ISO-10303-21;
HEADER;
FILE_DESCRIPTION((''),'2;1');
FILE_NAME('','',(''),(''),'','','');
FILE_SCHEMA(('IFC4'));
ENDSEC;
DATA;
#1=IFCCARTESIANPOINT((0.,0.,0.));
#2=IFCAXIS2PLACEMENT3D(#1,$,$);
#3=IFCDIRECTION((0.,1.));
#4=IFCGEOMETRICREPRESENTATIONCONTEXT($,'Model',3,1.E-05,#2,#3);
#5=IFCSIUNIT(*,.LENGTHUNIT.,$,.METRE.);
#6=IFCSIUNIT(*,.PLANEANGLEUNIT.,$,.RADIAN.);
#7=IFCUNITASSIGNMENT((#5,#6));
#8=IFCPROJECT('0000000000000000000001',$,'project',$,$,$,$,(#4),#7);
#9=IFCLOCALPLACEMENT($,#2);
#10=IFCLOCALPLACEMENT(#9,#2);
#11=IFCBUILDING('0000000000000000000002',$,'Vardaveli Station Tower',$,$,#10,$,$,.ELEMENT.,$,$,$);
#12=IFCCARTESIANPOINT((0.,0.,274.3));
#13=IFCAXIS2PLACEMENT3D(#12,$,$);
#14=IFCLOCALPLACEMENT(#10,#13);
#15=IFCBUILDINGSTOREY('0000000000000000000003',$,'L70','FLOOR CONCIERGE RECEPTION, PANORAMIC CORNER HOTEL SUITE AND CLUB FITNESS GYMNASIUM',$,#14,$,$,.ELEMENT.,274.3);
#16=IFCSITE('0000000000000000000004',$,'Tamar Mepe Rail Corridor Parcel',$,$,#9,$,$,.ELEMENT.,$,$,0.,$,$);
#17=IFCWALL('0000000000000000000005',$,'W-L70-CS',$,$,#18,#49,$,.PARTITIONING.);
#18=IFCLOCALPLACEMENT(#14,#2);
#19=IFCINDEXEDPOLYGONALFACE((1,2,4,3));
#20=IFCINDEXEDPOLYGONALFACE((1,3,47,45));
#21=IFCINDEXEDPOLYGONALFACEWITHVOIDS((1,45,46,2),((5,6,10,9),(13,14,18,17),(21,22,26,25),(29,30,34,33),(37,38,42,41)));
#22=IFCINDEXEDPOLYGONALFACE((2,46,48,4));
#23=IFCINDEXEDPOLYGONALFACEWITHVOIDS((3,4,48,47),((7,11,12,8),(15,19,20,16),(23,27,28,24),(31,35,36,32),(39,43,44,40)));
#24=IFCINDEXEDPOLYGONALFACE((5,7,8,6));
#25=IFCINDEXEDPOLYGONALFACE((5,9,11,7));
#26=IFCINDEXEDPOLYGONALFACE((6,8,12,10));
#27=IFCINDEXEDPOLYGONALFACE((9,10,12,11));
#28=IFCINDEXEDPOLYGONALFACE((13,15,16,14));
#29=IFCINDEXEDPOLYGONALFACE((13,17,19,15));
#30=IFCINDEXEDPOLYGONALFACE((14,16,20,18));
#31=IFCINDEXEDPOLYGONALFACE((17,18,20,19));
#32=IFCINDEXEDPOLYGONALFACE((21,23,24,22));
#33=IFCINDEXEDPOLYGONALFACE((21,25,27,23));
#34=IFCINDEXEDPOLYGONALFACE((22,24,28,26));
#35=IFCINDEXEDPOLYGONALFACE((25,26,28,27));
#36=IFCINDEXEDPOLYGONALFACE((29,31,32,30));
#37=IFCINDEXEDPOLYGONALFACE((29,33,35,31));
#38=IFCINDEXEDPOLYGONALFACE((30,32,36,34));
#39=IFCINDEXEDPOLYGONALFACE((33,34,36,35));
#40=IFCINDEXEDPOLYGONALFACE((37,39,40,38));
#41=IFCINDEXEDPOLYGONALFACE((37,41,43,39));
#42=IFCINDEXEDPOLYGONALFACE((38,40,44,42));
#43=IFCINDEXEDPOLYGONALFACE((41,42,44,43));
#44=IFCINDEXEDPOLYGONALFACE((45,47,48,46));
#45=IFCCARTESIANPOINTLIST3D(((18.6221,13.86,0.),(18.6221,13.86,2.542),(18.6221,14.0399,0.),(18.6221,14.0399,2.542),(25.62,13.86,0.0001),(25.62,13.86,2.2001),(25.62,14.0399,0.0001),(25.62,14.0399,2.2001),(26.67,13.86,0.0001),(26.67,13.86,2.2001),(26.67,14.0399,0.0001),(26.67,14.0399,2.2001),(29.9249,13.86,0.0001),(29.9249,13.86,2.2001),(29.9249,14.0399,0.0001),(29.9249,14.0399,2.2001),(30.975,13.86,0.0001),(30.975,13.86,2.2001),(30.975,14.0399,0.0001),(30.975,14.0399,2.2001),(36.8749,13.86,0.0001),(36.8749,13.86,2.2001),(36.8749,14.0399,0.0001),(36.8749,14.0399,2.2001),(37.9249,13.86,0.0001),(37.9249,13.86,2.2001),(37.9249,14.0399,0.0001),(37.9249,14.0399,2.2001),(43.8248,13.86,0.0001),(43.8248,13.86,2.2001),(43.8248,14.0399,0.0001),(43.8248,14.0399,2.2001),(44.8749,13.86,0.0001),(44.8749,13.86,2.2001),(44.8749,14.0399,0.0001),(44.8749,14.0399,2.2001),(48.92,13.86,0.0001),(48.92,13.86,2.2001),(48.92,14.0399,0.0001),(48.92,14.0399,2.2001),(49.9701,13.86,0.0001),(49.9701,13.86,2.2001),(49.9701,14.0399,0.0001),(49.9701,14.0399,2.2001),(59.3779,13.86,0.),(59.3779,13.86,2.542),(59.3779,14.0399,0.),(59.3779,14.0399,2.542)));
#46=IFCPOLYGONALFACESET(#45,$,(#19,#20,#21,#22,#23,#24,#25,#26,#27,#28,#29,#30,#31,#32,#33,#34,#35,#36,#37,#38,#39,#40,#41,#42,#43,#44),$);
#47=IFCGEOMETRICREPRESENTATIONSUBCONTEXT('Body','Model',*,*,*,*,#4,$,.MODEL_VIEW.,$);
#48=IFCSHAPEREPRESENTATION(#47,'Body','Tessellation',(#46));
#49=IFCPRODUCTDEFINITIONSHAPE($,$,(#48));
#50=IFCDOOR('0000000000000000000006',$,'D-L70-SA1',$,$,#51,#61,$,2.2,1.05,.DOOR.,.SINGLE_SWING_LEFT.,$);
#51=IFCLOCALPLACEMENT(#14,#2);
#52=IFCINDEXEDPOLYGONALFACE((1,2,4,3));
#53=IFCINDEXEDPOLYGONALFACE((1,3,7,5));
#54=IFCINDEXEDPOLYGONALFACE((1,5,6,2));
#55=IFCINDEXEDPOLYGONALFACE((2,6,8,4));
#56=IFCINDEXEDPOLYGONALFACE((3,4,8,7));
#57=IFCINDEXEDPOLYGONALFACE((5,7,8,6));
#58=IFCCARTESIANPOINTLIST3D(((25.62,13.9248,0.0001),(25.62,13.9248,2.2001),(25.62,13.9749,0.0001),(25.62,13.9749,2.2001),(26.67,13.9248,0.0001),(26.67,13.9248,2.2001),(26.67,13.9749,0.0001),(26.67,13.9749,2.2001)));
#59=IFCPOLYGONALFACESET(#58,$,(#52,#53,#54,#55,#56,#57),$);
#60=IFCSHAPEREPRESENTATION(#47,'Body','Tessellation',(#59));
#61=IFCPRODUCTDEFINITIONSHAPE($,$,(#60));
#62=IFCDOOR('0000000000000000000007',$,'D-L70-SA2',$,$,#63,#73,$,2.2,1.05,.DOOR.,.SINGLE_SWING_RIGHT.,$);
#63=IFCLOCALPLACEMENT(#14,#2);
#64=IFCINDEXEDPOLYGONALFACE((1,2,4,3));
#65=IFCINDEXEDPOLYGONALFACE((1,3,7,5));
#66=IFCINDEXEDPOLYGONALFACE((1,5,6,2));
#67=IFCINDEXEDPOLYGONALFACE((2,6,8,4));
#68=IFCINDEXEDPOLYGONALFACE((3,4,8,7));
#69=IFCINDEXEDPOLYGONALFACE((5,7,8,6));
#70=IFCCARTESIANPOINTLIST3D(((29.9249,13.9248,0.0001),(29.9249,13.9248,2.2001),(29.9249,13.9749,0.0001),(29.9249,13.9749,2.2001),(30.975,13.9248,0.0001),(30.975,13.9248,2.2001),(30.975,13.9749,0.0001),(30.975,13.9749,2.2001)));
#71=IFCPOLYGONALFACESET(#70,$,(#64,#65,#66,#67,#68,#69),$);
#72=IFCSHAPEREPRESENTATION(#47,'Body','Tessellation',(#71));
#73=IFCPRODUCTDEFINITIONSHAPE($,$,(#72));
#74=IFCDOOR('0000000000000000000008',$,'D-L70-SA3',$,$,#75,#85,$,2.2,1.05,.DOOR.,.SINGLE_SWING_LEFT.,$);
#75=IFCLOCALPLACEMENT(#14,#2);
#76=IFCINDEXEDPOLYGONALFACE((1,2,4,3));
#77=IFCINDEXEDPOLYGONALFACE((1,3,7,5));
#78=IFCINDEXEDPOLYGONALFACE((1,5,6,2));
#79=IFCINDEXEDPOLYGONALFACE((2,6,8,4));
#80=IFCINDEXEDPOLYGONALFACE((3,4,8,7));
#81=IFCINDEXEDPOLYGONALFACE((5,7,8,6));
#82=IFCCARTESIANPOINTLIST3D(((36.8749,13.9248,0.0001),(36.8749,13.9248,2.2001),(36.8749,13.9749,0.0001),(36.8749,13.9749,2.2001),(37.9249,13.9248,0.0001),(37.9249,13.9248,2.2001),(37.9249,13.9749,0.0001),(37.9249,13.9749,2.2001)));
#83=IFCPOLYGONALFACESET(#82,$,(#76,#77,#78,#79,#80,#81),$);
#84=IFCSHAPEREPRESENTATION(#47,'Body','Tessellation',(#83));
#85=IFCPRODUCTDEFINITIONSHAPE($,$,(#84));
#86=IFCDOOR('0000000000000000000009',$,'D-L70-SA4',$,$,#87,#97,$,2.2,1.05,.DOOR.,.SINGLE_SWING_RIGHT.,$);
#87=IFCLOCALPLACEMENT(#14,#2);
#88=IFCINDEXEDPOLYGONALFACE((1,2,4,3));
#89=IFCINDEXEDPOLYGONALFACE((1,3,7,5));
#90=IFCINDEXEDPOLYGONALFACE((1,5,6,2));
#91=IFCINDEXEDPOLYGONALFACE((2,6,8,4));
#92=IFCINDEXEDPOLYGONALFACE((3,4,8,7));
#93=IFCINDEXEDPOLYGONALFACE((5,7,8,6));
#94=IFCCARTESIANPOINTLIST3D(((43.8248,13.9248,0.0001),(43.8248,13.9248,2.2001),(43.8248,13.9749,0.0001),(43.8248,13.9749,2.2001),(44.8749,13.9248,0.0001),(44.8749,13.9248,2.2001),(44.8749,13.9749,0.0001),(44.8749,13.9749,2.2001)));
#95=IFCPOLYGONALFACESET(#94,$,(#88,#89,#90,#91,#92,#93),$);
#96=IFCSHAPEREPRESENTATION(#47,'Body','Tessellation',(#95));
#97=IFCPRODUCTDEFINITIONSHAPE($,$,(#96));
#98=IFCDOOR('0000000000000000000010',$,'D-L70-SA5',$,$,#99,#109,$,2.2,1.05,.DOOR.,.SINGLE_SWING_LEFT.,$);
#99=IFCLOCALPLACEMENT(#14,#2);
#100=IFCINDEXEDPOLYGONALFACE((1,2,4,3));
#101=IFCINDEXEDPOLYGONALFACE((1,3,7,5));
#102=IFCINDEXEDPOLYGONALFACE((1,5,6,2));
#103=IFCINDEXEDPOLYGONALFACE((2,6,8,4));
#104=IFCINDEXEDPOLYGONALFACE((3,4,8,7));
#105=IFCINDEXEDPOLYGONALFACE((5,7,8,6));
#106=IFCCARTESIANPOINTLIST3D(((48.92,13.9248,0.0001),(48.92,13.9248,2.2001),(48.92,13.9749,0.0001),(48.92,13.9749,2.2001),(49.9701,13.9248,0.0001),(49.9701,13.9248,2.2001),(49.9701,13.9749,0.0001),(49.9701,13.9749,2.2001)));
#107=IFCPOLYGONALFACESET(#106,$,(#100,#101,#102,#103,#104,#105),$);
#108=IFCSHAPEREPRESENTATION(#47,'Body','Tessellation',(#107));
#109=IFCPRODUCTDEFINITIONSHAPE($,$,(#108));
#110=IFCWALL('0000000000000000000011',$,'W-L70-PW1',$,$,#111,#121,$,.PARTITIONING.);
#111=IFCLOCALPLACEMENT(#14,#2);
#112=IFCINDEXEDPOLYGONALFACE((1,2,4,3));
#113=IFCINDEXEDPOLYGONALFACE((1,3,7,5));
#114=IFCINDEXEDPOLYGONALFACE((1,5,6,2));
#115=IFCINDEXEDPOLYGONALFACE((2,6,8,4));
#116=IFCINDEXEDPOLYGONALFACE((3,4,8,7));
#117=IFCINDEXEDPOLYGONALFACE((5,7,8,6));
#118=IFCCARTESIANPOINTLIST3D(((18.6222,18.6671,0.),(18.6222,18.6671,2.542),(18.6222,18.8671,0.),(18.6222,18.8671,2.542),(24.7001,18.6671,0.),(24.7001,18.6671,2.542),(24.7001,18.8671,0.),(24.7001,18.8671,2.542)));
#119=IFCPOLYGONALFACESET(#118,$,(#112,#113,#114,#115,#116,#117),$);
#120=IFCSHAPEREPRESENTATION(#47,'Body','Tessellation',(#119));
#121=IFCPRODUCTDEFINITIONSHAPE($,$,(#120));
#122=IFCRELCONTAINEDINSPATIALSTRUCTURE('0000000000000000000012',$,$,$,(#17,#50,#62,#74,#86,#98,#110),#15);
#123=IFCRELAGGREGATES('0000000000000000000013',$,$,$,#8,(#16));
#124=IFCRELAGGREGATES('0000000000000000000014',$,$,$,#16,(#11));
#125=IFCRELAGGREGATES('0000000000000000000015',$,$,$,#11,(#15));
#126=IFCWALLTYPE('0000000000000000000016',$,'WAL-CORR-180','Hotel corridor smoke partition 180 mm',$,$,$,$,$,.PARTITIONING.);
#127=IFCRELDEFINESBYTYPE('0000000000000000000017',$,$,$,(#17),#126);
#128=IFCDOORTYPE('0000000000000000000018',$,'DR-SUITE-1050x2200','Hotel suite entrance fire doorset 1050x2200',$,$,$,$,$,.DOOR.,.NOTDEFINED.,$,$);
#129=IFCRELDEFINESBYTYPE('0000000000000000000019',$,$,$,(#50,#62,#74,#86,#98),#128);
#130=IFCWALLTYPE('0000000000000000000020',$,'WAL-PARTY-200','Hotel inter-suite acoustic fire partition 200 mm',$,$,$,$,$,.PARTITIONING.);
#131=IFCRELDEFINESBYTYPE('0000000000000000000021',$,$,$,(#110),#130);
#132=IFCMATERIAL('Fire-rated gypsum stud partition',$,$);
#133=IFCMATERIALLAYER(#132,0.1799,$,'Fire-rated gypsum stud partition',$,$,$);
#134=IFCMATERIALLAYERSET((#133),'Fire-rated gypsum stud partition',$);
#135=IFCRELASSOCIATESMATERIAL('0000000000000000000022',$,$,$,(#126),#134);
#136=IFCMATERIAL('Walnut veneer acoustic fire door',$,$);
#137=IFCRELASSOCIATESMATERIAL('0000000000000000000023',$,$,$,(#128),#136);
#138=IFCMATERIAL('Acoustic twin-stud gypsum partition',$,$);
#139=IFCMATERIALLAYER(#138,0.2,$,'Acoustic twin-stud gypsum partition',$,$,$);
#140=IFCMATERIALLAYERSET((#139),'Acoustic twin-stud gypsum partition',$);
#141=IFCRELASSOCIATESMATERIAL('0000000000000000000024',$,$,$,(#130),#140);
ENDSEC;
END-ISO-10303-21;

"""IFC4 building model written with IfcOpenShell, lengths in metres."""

from ifc_helpers import new_model, si_unit, direction, frame, frame_2d, origin, place, context, subcontext, project, spatial, rectangle, extrude, source, transform, mapped, material, layer, layer_set, type_object, element, fill, save


model = new_model("IFC4")

# Units and contexts
model_context = context("Model", 3, precision=1e-05, world=origin(), true_north=direction((0.0, 1.0)))
body_context = subcontext(model_context, "Body", "Model", "MODEL_VIEW")
ifc_project = project(units=[si_unit("LENGTHUNIT", "METRE"), si_unit("PLANEANGLEUNIT", "RADIAN")], contexts=[model_context])

# Site, building, storey
site_placement = place(None, origin())
site = spatial("IfcSite", under=ifc_project, at=site_placement, Name="Tamar Mepe Rail Corridor Parcel", CompositionType="ELEMENT", RefElevation=0.0)
building_placement = place(site_placement, origin())
building = spatial("IfcBuilding", under=site, at=building_placement, Name="Vardaveli Station Tower", CompositionType="ELEMENT")
storey_placement = place(building_placement, frame((0.0, 0.0, 274.3)))
storey = spatial("IfcBuildingStorey", under=building, at=storey_placement, Name="L70", Description="FLOOR CONCIERGE RECEPTION, PANORAMIC CORNER HOTEL SUITE AND CLUB FITNESS GYMNASIUM", CompositionType="ELEMENT", Elevation=274.3)

# Wall, openings, doors
ifc_material_1 = material(Name="Fire-rated gypsum stud partition")
ifc_layer_1 = layer(ifc_material_1, 0.1799, Name="Fire-rated gypsum stud partition")
ifc_layer_set_1 = layer_set([ifc_layer_1], Name="Fire-rated gypsum stud partition")
wall_type_1 = type_object("IfcWallType", Name="WAL-CORR-180", Description="Hotel corridor smoke partition 180 mm", PredefinedType="PARTITIONING", material=ifc_layer_set_1)
shared_shape_1 = source(origin(), body_context, "Body", "SweptSolid", [
    extrude(rectangle(XDim=40.7559, YDim=0.1799, at=frame_2d((20.3779, 0.0))), origin(), (0.0, 0.0, 1.0), 2.542),
])
wall_1_placement = place(storey_placement, frame((18.6221, 13.95, 0.0), z_axis=(0.0, 0.0, 1.0), x_axis=(1.0, 0.0, 0.0)))
wall_1 = element("IfcWall", 1, at=wall_1_placement, inside=storey, type_object=wall_type_1, Name="W-L70-CS", PredefinedType="PARTITIONING", context=body_context, shape_type="MappedRepresentation", body=[
    mapped(shared_shape_1, transform((0.0, 0.0, 0.0), scale=1.0)),
])
shared_shape_2 = source(origin(), body_context, "Body", "SweptSolid", [
    extrude(rectangle(XDim=1.05, YDim=2.2, at=frame_2d((0.5249, 1.1001))), frame((0.0, 0.1001, 0.0), z_axis=(0.0, -1.0, 0.0), x_axis=(1.0, 0.0, 0.0)), (0.0, 0.0, 1.0), 0.2),
])
opening_1_placement = place(wall_1_placement, frame((6.998, 0.0, 0.0)))
opening_1 = element("IfcOpeningElement", 2, at=opening_1_placement, cuts=wall_1, PredefinedType="OPENING", context=body_context, shape_type="MappedRepresentation", body=[
    mapped(shared_shape_2, transform((0.0, 0.0, 0.0), scale=1.0)),
])
opening_2_placement = place(wall_1_placement, frame((11.303, 0.0, 0.0)))
opening_2 = element("IfcOpeningElement", 3, at=opening_2_placement, cuts=wall_1, PredefinedType="OPENING", context=body_context, shape_type="MappedRepresentation", body=[
    mapped(shared_shape_2, transform((0.0, 0.0, 0.0), scale=1.0)),
])
opening_3_placement = place(wall_1_placement, frame((18.2529, 0.0, 0.0)))
opening_3 = element("IfcOpeningElement", 4, at=opening_3_placement, cuts=wall_1, PredefinedType="OPENING", context=body_context, shape_type="MappedRepresentation", body=[
    mapped(shared_shape_2, transform((0.0, 0.0, 0.0), scale=1.0)),
])
opening_4_placement = place(wall_1_placement, frame((25.2029, 0.0, 0.0)))
opening_4 = element("IfcOpeningElement", 5, at=opening_4_placement, cuts=wall_1, PredefinedType="OPENING", context=body_context, shape_type="MappedRepresentation", body=[
    mapped(shared_shape_2, transform((0.0, 0.0, 0.0), scale=1.0)),
])
opening_5_placement = place(wall_1_placement, frame((30.2981, 0.0, 0.0)))
opening_5 = element("IfcOpeningElement", 6, at=opening_5_placement, cuts=wall_1, PredefinedType="OPENING", context=body_context, shape_type="MappedRepresentation", body=[
    mapped(shared_shape_2, transform((0.0, 0.0, 0.0), scale=1.0)),
])
ifc_material_2 = material(Name="Walnut veneer acoustic fire door")
door_type = type_object("IfcDoorType", Name="DR-SUITE-1050x2200", Description="Hotel suite entrance fire doorset 1050x2200", OperationType="NOTDEFINED", PredefinedType="DOOR", material=ifc_material_2)
shared_shape_3 = source(origin(), body_context, "Body", "SweptSolid", [
    extrude(rectangle(XDim=1.05, YDim=2.2, at=frame_2d((0.5249, 1.1001))), frame((0.0, 0.0249, 0.0), z_axis=(0.0, -1.0, 0.0), x_axis=(1.0, 0.0, 0.0)), (0.0, 0.0, 1.0), 0.05),
])
door_1_placement = place(opening_1_placement, origin())
door_1 = element("IfcDoor", 7, at=door_1_placement, inside=storey, type_object=door_type, Name="D-L70-SA1", OperationType="SINGLE_SWING_LEFT", OverallHeight=2.2, OverallWidth=1.05, PredefinedType="DOOR", context=body_context, shape_type="MappedRepresentation", body=[
    mapped(shared_shape_3, transform((0.0, 0.0, 0.0), scale=1.0)),
])
fill(opening_1, door_1)
door_2_placement = place(opening_2_placement, origin())
door_2 = element("IfcDoor", 8, at=door_2_placement, inside=storey, type_object=door_type, Name="D-L70-SA2", OperationType="SINGLE_SWING_RIGHT", OverallHeight=2.2, OverallWidth=1.05, PredefinedType="DOOR", context=body_context, shape_type="MappedRepresentation", body=[
    mapped(shared_shape_3, transform((0.0, 0.0, 0.0), scale=1.0)),
])
fill(opening_2, door_2)
door_3_placement = place(opening_3_placement, origin())
door_3 = element("IfcDoor", 9, at=door_3_placement, inside=storey, type_object=door_type, Name="D-L70-SA3", OperationType="SINGLE_SWING_LEFT", OverallHeight=2.2, OverallWidth=1.05, PredefinedType="DOOR", context=body_context, shape_type="MappedRepresentation", body=[
    mapped(shared_shape_3, transform((0.0, 0.0, 0.0), scale=1.0)),
])
fill(opening_3, door_3)
door_4_placement = place(opening_4_placement, origin())
door_4 = element("IfcDoor", 10, at=door_4_placement, inside=storey, type_object=door_type, Name="D-L70-SA4", OperationType="SINGLE_SWING_RIGHT", OverallHeight=2.2, OverallWidth=1.05, PredefinedType="DOOR", context=body_context, shape_type="MappedRepresentation", body=[
    mapped(shared_shape_3, transform((0.0, 0.0, 0.0), scale=1.0)),
])
fill(opening_4, door_4)
door_5_placement = place(opening_5_placement, origin())
door_5 = element("IfcDoor", 11, at=door_5_placement, inside=storey, type_object=door_type, Name="D-L70-SA5", OperationType="SINGLE_SWING_LEFT", OverallHeight=2.2, OverallWidth=1.05, PredefinedType="DOOR", context=body_context, shape_type="MappedRepresentation", body=[
    mapped(shared_shape_3, transform((0.0, 0.0, 0.0), scale=1.0)),
])
fill(opening_5, door_5)

# Wall
ifc_material_3 = material(Name="Acoustic twin-stud gypsum partition")
ifc_layer_2 = layer(ifc_material_3, 0.2, Name="Acoustic twin-stud gypsum partition")
ifc_layer_set_2 = layer_set([ifc_layer_2], Name="Acoustic twin-stud gypsum partition")
wall_type_2 = type_object("IfcWallType", Name="WAL-PARTY-200", Description="Hotel inter-suite acoustic fire partition 200 mm", PredefinedType="PARTITIONING", material=ifc_layer_set_2)
shared_shape_4 = source(origin(), body_context, "Body", "SweptSolid", [
    extrude(rectangle(XDim=6.0779, YDim=0.2, at=frame_2d((3.0391, 0.0))), origin(), (0.0, 0.0, 1.0), 2.542),
])
wall_2_placement = place(storey_placement, frame((18.6221, 18.7671, 0.0), z_axis=(0.0, 0.0, 1.0), x_axis=(1.0, 0.0, 0.0)))
element("IfcWall", 12, at=wall_2_placement, inside=storey, type_object=wall_type_2, Name="W-L70-PW1", PredefinedType="PARTITIONING", context=body_context, shape_type="MappedRepresentation", body=[
    mapped(shared_shape_4, transform((0.0, 0.0, 0.0), scale=1.0)),
])

save(model, "model.ifc")
